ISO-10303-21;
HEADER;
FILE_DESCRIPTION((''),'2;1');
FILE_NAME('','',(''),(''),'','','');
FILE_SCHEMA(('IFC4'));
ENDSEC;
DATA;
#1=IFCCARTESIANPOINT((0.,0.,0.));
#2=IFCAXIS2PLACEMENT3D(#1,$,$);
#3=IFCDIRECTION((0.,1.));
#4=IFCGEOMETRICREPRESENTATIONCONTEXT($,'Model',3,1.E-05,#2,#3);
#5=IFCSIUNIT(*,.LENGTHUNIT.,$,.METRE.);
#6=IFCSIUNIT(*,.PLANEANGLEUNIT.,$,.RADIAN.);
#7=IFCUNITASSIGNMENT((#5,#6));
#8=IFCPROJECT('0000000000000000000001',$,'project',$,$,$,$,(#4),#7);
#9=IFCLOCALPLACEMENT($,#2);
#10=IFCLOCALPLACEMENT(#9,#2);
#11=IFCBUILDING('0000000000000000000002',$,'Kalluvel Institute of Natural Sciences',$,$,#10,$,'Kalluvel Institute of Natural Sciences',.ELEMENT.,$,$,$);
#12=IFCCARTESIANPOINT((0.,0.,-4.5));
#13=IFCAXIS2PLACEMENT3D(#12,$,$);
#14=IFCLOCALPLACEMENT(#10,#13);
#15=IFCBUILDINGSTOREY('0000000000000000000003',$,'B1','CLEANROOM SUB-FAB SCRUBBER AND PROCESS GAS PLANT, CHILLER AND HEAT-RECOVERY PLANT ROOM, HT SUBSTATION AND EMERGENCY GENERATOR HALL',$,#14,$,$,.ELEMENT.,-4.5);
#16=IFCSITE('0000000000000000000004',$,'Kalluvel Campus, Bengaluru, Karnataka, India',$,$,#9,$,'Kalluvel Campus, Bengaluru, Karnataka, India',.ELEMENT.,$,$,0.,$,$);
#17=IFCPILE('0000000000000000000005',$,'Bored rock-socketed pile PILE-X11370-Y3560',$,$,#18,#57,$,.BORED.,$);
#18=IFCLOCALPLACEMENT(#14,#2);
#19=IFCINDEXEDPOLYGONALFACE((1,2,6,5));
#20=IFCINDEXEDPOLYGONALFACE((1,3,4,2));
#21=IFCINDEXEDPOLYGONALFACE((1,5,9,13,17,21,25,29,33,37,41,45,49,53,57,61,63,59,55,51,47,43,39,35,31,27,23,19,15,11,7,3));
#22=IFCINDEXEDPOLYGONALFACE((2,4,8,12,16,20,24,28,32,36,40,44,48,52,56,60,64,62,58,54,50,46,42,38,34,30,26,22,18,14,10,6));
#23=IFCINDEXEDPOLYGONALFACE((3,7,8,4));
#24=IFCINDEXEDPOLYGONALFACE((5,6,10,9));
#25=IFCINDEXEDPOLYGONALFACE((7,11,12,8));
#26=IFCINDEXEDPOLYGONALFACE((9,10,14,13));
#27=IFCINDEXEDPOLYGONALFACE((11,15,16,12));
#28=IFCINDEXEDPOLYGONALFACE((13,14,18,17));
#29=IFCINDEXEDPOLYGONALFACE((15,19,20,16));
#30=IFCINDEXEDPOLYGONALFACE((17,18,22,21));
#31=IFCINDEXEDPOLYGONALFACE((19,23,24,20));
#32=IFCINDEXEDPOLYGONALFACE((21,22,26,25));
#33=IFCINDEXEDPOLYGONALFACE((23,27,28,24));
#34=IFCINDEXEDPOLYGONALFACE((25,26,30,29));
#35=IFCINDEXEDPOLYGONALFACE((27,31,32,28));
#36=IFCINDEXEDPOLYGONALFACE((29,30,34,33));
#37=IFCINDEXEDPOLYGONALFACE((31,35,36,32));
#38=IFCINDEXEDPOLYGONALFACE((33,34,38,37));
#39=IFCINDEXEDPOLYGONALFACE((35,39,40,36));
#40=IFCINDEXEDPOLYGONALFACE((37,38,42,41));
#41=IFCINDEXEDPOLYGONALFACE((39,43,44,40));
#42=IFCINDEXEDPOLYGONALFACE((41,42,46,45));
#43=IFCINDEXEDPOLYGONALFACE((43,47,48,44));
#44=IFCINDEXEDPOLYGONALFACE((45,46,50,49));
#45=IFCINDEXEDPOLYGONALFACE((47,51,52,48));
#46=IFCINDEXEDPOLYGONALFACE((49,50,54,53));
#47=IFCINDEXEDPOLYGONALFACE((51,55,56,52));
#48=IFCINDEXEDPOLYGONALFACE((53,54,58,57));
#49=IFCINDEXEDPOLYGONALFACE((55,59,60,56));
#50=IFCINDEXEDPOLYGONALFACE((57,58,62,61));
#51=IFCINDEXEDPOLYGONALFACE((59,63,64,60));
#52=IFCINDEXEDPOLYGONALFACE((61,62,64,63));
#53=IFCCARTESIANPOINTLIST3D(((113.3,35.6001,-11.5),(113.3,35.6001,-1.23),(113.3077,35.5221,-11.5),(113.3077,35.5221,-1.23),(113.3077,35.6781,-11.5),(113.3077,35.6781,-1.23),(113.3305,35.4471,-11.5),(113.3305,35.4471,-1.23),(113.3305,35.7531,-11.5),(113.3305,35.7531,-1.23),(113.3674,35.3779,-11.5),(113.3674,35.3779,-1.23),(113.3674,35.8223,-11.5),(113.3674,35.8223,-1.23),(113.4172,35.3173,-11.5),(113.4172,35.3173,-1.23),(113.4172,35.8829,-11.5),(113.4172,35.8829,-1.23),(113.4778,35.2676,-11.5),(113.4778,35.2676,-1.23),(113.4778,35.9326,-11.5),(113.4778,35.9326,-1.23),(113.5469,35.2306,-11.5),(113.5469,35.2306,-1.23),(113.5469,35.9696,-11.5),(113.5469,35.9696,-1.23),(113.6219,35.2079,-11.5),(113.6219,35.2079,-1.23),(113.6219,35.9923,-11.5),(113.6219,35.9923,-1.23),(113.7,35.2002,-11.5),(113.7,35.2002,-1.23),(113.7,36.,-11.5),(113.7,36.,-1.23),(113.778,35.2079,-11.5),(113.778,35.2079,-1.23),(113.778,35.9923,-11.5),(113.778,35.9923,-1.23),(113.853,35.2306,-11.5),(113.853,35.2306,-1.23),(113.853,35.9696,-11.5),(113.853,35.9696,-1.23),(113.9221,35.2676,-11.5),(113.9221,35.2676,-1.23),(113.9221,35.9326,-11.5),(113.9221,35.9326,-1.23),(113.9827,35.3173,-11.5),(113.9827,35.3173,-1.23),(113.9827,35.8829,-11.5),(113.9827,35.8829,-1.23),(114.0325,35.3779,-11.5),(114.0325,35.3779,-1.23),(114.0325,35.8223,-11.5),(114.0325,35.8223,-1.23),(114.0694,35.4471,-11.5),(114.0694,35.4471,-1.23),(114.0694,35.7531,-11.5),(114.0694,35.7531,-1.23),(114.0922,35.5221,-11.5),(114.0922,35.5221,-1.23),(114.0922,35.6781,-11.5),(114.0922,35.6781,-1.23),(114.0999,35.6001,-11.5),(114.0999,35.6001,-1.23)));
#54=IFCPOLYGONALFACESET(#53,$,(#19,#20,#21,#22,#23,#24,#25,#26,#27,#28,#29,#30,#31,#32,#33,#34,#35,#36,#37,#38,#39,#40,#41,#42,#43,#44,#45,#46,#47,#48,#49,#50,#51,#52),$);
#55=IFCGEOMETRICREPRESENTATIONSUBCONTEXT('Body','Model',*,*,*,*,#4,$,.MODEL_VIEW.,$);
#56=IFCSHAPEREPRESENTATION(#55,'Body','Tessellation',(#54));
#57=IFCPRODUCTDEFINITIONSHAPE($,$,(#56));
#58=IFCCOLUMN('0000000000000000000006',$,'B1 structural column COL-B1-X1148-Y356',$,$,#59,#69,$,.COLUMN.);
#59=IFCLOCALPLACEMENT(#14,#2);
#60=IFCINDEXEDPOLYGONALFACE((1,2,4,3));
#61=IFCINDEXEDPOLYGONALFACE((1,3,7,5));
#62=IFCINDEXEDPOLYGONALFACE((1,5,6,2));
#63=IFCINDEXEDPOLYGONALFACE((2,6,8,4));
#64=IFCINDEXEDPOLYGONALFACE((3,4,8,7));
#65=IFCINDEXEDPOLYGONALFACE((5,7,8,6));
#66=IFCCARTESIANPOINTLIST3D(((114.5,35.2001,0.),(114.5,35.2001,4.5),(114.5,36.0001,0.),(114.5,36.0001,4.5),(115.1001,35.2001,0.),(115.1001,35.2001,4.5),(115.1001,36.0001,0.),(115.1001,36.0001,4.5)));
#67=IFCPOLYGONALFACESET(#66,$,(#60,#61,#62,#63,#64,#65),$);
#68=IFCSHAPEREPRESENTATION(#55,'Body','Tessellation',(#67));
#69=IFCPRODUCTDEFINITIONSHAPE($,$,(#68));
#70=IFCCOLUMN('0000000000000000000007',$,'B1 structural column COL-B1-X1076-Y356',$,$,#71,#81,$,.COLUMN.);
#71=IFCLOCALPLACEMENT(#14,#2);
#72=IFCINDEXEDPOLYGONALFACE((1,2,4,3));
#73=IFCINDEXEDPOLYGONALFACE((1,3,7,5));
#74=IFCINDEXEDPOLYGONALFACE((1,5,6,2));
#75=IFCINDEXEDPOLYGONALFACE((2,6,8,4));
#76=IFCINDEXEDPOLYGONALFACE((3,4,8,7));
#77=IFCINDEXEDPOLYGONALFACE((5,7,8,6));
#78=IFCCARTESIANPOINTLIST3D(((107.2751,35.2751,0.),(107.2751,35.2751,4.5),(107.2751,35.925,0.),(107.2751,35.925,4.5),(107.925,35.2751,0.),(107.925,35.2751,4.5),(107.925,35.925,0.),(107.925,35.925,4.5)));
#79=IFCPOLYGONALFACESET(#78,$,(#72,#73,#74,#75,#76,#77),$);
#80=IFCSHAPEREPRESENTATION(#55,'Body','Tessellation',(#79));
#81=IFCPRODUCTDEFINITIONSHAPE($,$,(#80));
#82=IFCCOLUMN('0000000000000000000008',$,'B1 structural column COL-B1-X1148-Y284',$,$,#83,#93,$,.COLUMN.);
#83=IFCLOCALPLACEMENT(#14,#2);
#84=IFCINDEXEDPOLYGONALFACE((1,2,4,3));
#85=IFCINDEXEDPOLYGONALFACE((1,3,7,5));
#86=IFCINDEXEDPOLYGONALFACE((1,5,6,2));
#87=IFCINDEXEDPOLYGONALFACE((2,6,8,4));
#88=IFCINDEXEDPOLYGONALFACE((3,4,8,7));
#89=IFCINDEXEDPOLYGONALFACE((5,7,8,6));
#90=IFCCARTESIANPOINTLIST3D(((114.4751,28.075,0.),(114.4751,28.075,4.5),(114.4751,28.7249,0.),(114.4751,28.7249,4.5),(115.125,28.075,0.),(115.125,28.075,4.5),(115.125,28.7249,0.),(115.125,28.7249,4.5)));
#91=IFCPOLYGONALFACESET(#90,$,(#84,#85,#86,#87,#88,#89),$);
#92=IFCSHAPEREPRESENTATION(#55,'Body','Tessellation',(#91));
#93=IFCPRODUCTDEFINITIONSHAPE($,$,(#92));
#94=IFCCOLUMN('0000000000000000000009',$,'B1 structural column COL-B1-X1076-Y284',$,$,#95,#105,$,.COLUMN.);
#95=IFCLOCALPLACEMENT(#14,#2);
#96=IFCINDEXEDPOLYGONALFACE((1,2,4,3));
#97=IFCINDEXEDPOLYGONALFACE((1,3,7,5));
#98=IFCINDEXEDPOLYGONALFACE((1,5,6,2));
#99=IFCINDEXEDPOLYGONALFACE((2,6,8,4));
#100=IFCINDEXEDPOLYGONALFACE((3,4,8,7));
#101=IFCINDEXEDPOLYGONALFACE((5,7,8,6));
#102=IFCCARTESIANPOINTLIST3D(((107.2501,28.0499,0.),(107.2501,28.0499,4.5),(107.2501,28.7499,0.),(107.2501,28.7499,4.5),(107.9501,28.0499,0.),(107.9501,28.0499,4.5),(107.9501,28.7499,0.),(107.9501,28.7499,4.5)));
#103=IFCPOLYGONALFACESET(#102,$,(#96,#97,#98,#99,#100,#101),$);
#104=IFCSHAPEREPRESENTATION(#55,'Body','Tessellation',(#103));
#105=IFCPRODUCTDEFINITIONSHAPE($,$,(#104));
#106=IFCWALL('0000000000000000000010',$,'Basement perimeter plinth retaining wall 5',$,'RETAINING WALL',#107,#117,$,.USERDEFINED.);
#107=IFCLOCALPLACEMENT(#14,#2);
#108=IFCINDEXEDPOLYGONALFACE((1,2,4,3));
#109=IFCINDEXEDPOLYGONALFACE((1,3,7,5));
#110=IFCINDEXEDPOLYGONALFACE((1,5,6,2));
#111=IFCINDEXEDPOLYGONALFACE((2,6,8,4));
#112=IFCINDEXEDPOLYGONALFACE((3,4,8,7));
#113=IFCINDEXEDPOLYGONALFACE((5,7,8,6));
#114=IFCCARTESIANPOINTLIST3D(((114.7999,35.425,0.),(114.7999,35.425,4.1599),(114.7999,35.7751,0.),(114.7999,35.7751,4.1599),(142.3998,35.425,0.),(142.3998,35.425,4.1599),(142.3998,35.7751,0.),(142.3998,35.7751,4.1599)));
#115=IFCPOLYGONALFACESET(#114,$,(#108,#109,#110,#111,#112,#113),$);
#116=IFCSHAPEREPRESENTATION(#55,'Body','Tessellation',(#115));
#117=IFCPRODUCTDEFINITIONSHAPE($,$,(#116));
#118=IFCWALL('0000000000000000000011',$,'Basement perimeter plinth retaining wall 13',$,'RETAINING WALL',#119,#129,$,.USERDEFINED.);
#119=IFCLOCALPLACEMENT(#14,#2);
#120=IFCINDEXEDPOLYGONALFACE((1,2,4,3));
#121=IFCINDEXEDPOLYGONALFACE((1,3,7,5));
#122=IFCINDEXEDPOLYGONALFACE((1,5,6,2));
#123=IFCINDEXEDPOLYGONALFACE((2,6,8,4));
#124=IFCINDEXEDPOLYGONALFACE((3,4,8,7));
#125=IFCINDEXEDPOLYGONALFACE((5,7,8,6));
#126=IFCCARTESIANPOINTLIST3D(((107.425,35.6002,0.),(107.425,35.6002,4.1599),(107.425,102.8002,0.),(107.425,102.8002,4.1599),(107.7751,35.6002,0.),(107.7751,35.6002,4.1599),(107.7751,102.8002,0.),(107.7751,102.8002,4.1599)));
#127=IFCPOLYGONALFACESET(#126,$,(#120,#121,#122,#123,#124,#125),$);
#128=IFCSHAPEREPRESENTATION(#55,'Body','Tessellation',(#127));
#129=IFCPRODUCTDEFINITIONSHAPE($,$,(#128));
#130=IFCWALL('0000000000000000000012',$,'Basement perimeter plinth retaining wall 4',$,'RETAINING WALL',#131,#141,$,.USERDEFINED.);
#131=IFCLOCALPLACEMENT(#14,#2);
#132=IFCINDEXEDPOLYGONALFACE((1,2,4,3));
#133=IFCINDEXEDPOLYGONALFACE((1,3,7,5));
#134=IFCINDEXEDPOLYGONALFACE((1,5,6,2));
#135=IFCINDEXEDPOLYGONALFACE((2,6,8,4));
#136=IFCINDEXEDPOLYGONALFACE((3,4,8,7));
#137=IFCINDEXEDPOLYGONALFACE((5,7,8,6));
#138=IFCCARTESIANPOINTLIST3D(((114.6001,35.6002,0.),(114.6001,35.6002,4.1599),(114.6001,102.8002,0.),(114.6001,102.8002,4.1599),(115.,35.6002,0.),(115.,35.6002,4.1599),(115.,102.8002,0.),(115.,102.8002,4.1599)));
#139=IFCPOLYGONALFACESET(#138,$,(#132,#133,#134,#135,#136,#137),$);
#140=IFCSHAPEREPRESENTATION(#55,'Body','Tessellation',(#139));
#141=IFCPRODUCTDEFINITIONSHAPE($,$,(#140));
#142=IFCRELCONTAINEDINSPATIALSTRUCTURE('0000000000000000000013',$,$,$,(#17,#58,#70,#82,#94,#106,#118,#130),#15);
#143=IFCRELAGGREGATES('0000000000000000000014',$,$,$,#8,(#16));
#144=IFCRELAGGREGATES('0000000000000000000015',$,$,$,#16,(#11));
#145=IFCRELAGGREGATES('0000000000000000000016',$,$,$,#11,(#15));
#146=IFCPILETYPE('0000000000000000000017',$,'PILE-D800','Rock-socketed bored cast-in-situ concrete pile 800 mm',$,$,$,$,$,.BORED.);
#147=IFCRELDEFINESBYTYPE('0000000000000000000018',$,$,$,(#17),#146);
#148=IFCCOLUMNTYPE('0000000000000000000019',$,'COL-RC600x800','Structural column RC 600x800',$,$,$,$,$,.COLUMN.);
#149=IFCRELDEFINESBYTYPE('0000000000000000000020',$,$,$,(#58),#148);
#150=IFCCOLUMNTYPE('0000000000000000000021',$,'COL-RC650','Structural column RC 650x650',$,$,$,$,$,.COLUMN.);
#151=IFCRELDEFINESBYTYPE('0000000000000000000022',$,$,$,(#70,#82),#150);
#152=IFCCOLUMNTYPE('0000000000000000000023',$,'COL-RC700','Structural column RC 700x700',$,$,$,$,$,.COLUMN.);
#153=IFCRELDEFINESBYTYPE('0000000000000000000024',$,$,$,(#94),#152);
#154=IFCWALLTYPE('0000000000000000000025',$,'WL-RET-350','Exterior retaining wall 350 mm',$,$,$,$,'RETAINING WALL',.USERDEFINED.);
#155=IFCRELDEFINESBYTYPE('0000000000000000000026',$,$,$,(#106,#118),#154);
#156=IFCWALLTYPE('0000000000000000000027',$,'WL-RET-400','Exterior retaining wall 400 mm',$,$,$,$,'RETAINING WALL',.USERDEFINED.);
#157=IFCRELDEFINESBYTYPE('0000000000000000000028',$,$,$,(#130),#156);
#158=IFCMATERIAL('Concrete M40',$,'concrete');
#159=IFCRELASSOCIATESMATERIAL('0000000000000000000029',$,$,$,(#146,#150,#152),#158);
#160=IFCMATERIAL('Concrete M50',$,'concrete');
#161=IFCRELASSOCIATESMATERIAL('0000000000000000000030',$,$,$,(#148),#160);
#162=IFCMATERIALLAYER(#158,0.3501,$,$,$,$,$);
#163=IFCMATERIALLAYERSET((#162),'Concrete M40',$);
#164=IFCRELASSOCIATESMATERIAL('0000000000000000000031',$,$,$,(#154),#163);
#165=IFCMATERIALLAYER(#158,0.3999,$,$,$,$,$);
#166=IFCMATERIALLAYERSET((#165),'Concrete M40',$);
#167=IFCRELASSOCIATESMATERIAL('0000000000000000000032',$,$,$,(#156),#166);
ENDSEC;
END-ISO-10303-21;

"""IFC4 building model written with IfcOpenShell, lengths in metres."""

from ifc_helpers import new_model, si_unit, direction, frame, frame_2d, origin, origin_2d, place, context, subcontext, project, spatial, rectangle, circle, extrude, material, layer, layer_set, material_profile, profile_set, type_object, element, save


model = new_model("IFC4")

# Units and contexts
model_context = context("Model", 3, precision=1e-05, world=origin(), true_north=direction((0.0, 1.0)))
body_context = subcontext(model_context, "Body", "Model", "MODEL_VIEW")
ifc_project = project(units=[si_unit("LENGTHUNIT", "METRE"), si_unit("PLANEANGLEUNIT", "RADIAN")], contexts=[model_context])

# Site, building, storey
site_placement = place(None, origin())
site = spatial("IfcSite", under=ifc_project, at=site_placement, Name="Kalluvel Campus, Bengaluru, Karnataka, India", LongName="Kalluvel Campus, Bengaluru, Karnataka, India", CompositionType="ELEMENT", RefElevation=0.0)
building_placement = place(site_placement, origin())
building = spatial("IfcBuilding", under=site, at=building_placement, Name="Kalluvel Institute of Natural Sciences", LongName="Kalluvel Institute of Natural Sciences", CompositionType="ELEMENT")
storey_placement = place(building_placement, frame((0.0, 0.0, -4.5)))
storey = spatial("IfcBuildingStorey", under=building, at=storey_placement, Name="B1", Description="CLEANROOM SUB-FAB SCRUBBER AND PROCESS GAS PLANT, CHILLER AND HEAT-RECOVERY PLANT ROOM, HT SUBSTATION AND EMERGENCY GENERATOR HALL", CompositionType="ELEMENT", Elevation=-4.5)

# Shared definitions
ifc_material_1 = material(Name="Concrete M40", Category="concrete")

# Pile
ifc_material_profile_1 = material_profile(ifc_material_1, circle(Radius=0.3999, at=origin_2d()), Name="PILE D800")
ifc_profile_set_1 = profile_set([ifc_material_profile_1], Name="Concrete M40")
pile_type_1 = type_object("IfcPileType", Name="PILE-D800", Description="Rock-socketed bored cast-in-situ concrete pile 800 mm", PredefinedType="BORED", material=ifc_profile_set_1)
pile_placement = place(storey_placement, frame((113.7, 35.6001, -1.23), z_axis=(0.0, 0.0, -1.0), x_axis=(1.0, 0.0, 0.0)))
element("IfcPile", 1, at=pile_placement, inside=storey, type_object=pile_type_1, Name="Bored rock-socketed pile PILE-X11370-Y3560", PredefinedType="BORED", context=body_context, shape_type="SweptSolid", body=[
    extrude(circle(Radius=0.3999, at=origin_2d()), origin(), (0.0, 0.0, 1.0), 10.27),
])

# Columns
ifc_material_2 = material(Name="Concrete M50", Category="concrete")
ifc_material_profile_2 = material_profile(ifc_material_2, rectangle(XDim=0.6001, YDim=0.8, at=origin_2d()), Name="RC 600x800")
ifc_profile_set_2 = profile_set([ifc_material_profile_2], Name="Concrete M50")
column_type_1 = type_object("IfcColumnType", Name="COL-RC600x800", Description="Structural column RC 600x800", PredefinedType="COLUMN", material=ifc_profile_set_2)
column_1_placement = place(storey_placement, frame((114.8, 35.6001, 0.0), z_axis=(0.0, 0.0, 1.0), x_axis=(1.0, 0.0, 0.0)))
element("IfcColumn", 2, at=column_1_placement, inside=storey, type_object=column_type_1, Name="B1 structural column COL-B1-X1148-Y356", PredefinedType="COLUMN", context=body_context, shape_type="SweptSolid", body=[
    extrude(rectangle(XDim=0.6001, YDim=0.8, at=origin_2d()), origin(), (0.0, 0.0, 1.0), 4.5),
])
ifc_material_profile_3 = material_profile(ifc_material_1, rectangle(XDim=0.6499, YDim=0.6499, at=origin_2d()), Name="RC 650x650")
ifc_profile_set_3 = profile_set([ifc_material_profile_3], Name="Concrete M40")
column_type_2 = type_object("IfcColumnType", Name="COL-RC650", Description="Structural column RC 650x650", PredefinedType="COLUMN", material=ifc_profile_set_3)
for number, where, z_axis, x_axis, name in (
    (3, (107.6001, 35.6001, 0.0), (0.0, 0.0, 1.0), (1.0, 0.0, 0.0), "B1 structural column COL-B1-X1076-Y356"),
    (4, (114.8, 28.3999, 0.0), (0.0, 0.0, 1.0), (1.0, 0.0, 0.0), "B1 structural column COL-B1-X1148-Y284"),
):
    element("IfcColumn", number, at=place(storey_placement, frame(where, z_axis=z_axis, x_axis=x_axis)), inside=storey, type_object=column_type_2, Name=name, PredefinedType="COLUMN", context=body_context, shape_type="SweptSolid", body=[
        extrude(rectangle(XDim=0.6499, YDim=0.6499, at=origin_2d()), origin(), (0.0, 0.0, 1.0), 4.5),
    ])
ifc_material_profile_4 = material_profile(ifc_material_1, rectangle(XDim=0.7, YDim=0.7, at=origin_2d()), Name="RC 700x700")
ifc_profile_set_4 = profile_set([ifc_material_profile_4], Name="Concrete M40")
column_type_3 = type_object("IfcColumnType", Name="COL-RC700", Description="Structural column RC 700x700", PredefinedType="COLUMN", material=ifc_profile_set_4)
column_2_placement = place(storey_placement, frame((107.6001, 28.3999, 0.0), z_axis=(0.0, 0.0, 1.0), x_axis=(1.0, 0.0, 0.0)))
element("IfcColumn", 5, at=column_2_placement, inside=storey, type_object=column_type_3, Name="B1 structural column COL-B1-X1076-Y284", PredefinedType="COLUMN", context=body_context, shape_type="SweptSolid", body=[
    extrude(rectangle(XDim=0.7, YDim=0.7, at=origin_2d()), origin(), (0.0, 0.0, 1.0), 4.5),
])

# Walls
ifc_layer_1 = layer(ifc_material_1, 0.3501)
ifc_layer_set_1 = layer_set([ifc_layer_1], Name="Concrete M40")
wall_type_1 = type_object("IfcWallType", Name="WL-RET-350", Description="Exterior retaining wall 350 mm", ElementType="RETAINING WALL", PredefinedType="USERDEFINED", material=ifc_layer_set_1)
wall_1_placement = place(storey_placement, frame((114.8, 35.6001, 0.0), z_axis=(0.0, 0.0, 1.0), x_axis=(1.0, 0.0, 0.0)))
element("IfcWall", 6, at=wall_1_placement, inside=storey, type_object=wall_type_1, Name="Basement perimeter plinth retaining wall 5", ObjectType="RETAINING WALL", PredefinedType="USERDEFINED", context=body_context, shape_type="SweptSolid", body=[
    extrude(rectangle(XDim=27.5999, YDim=0.3501, at=frame_2d((13.7998, 0.0))), origin(), (0.0, 0.0, 1.0), 4.1599),
])
wall_2_placement = place(storey_placement, frame((107.6001, 35.6001, 0.0), z_axis=(0.0, 0.0, 1.0), x_axis=(0.0, 1.0, 0.0)))
element("IfcWall", 7, at=wall_2_placement, inside=storey, type_object=wall_type_1, Name="Basement perimeter plinth retaining wall 13", ObjectType="RETAINING WALL", PredefinedType="USERDEFINED", context=body_context, shape_type="SweptSolid", body=[
    extrude(rectangle(XDim=67.2, YDim=0.3501, at=frame_2d((33.6001, 0.0))), origin(), (0.0, 0.0, 1.0), 4.1599),
])
ifc_layer_2 = layer(ifc_material_1, 0.3999)
ifc_layer_set_2 = layer_set([ifc_layer_2], Name="Concrete M40")
wall_type_2 = type_object("IfcWallType", Name="WL-RET-400", Description="Exterior retaining wall 400 mm", ElementType="RETAINING WALL", PredefinedType="USERDEFINED", material=ifc_layer_set_2)
wall_3_placement = place(storey_placement, frame((114.8, 35.6001, 0.0), z_axis=(0.0, 0.0, 1.0), x_axis=(0.0, 1.0, 0.0)))
element("IfcWall", 8, at=wall_3_placement, inside=storey, type_object=wall_type_2, Name="Basement perimeter plinth retaining wall 4", ObjectType="RETAINING WALL", PredefinedType="USERDEFINED", context=body_context, shape_type="SweptSolid", body=[
    extrude(rectangle(XDim=67.2, YDim=0.3999, at=frame_2d((33.6001, 0.0))), origin(), (0.0, 0.0, 1.0), 4.1599),
])

save(model, "model.ifc")
